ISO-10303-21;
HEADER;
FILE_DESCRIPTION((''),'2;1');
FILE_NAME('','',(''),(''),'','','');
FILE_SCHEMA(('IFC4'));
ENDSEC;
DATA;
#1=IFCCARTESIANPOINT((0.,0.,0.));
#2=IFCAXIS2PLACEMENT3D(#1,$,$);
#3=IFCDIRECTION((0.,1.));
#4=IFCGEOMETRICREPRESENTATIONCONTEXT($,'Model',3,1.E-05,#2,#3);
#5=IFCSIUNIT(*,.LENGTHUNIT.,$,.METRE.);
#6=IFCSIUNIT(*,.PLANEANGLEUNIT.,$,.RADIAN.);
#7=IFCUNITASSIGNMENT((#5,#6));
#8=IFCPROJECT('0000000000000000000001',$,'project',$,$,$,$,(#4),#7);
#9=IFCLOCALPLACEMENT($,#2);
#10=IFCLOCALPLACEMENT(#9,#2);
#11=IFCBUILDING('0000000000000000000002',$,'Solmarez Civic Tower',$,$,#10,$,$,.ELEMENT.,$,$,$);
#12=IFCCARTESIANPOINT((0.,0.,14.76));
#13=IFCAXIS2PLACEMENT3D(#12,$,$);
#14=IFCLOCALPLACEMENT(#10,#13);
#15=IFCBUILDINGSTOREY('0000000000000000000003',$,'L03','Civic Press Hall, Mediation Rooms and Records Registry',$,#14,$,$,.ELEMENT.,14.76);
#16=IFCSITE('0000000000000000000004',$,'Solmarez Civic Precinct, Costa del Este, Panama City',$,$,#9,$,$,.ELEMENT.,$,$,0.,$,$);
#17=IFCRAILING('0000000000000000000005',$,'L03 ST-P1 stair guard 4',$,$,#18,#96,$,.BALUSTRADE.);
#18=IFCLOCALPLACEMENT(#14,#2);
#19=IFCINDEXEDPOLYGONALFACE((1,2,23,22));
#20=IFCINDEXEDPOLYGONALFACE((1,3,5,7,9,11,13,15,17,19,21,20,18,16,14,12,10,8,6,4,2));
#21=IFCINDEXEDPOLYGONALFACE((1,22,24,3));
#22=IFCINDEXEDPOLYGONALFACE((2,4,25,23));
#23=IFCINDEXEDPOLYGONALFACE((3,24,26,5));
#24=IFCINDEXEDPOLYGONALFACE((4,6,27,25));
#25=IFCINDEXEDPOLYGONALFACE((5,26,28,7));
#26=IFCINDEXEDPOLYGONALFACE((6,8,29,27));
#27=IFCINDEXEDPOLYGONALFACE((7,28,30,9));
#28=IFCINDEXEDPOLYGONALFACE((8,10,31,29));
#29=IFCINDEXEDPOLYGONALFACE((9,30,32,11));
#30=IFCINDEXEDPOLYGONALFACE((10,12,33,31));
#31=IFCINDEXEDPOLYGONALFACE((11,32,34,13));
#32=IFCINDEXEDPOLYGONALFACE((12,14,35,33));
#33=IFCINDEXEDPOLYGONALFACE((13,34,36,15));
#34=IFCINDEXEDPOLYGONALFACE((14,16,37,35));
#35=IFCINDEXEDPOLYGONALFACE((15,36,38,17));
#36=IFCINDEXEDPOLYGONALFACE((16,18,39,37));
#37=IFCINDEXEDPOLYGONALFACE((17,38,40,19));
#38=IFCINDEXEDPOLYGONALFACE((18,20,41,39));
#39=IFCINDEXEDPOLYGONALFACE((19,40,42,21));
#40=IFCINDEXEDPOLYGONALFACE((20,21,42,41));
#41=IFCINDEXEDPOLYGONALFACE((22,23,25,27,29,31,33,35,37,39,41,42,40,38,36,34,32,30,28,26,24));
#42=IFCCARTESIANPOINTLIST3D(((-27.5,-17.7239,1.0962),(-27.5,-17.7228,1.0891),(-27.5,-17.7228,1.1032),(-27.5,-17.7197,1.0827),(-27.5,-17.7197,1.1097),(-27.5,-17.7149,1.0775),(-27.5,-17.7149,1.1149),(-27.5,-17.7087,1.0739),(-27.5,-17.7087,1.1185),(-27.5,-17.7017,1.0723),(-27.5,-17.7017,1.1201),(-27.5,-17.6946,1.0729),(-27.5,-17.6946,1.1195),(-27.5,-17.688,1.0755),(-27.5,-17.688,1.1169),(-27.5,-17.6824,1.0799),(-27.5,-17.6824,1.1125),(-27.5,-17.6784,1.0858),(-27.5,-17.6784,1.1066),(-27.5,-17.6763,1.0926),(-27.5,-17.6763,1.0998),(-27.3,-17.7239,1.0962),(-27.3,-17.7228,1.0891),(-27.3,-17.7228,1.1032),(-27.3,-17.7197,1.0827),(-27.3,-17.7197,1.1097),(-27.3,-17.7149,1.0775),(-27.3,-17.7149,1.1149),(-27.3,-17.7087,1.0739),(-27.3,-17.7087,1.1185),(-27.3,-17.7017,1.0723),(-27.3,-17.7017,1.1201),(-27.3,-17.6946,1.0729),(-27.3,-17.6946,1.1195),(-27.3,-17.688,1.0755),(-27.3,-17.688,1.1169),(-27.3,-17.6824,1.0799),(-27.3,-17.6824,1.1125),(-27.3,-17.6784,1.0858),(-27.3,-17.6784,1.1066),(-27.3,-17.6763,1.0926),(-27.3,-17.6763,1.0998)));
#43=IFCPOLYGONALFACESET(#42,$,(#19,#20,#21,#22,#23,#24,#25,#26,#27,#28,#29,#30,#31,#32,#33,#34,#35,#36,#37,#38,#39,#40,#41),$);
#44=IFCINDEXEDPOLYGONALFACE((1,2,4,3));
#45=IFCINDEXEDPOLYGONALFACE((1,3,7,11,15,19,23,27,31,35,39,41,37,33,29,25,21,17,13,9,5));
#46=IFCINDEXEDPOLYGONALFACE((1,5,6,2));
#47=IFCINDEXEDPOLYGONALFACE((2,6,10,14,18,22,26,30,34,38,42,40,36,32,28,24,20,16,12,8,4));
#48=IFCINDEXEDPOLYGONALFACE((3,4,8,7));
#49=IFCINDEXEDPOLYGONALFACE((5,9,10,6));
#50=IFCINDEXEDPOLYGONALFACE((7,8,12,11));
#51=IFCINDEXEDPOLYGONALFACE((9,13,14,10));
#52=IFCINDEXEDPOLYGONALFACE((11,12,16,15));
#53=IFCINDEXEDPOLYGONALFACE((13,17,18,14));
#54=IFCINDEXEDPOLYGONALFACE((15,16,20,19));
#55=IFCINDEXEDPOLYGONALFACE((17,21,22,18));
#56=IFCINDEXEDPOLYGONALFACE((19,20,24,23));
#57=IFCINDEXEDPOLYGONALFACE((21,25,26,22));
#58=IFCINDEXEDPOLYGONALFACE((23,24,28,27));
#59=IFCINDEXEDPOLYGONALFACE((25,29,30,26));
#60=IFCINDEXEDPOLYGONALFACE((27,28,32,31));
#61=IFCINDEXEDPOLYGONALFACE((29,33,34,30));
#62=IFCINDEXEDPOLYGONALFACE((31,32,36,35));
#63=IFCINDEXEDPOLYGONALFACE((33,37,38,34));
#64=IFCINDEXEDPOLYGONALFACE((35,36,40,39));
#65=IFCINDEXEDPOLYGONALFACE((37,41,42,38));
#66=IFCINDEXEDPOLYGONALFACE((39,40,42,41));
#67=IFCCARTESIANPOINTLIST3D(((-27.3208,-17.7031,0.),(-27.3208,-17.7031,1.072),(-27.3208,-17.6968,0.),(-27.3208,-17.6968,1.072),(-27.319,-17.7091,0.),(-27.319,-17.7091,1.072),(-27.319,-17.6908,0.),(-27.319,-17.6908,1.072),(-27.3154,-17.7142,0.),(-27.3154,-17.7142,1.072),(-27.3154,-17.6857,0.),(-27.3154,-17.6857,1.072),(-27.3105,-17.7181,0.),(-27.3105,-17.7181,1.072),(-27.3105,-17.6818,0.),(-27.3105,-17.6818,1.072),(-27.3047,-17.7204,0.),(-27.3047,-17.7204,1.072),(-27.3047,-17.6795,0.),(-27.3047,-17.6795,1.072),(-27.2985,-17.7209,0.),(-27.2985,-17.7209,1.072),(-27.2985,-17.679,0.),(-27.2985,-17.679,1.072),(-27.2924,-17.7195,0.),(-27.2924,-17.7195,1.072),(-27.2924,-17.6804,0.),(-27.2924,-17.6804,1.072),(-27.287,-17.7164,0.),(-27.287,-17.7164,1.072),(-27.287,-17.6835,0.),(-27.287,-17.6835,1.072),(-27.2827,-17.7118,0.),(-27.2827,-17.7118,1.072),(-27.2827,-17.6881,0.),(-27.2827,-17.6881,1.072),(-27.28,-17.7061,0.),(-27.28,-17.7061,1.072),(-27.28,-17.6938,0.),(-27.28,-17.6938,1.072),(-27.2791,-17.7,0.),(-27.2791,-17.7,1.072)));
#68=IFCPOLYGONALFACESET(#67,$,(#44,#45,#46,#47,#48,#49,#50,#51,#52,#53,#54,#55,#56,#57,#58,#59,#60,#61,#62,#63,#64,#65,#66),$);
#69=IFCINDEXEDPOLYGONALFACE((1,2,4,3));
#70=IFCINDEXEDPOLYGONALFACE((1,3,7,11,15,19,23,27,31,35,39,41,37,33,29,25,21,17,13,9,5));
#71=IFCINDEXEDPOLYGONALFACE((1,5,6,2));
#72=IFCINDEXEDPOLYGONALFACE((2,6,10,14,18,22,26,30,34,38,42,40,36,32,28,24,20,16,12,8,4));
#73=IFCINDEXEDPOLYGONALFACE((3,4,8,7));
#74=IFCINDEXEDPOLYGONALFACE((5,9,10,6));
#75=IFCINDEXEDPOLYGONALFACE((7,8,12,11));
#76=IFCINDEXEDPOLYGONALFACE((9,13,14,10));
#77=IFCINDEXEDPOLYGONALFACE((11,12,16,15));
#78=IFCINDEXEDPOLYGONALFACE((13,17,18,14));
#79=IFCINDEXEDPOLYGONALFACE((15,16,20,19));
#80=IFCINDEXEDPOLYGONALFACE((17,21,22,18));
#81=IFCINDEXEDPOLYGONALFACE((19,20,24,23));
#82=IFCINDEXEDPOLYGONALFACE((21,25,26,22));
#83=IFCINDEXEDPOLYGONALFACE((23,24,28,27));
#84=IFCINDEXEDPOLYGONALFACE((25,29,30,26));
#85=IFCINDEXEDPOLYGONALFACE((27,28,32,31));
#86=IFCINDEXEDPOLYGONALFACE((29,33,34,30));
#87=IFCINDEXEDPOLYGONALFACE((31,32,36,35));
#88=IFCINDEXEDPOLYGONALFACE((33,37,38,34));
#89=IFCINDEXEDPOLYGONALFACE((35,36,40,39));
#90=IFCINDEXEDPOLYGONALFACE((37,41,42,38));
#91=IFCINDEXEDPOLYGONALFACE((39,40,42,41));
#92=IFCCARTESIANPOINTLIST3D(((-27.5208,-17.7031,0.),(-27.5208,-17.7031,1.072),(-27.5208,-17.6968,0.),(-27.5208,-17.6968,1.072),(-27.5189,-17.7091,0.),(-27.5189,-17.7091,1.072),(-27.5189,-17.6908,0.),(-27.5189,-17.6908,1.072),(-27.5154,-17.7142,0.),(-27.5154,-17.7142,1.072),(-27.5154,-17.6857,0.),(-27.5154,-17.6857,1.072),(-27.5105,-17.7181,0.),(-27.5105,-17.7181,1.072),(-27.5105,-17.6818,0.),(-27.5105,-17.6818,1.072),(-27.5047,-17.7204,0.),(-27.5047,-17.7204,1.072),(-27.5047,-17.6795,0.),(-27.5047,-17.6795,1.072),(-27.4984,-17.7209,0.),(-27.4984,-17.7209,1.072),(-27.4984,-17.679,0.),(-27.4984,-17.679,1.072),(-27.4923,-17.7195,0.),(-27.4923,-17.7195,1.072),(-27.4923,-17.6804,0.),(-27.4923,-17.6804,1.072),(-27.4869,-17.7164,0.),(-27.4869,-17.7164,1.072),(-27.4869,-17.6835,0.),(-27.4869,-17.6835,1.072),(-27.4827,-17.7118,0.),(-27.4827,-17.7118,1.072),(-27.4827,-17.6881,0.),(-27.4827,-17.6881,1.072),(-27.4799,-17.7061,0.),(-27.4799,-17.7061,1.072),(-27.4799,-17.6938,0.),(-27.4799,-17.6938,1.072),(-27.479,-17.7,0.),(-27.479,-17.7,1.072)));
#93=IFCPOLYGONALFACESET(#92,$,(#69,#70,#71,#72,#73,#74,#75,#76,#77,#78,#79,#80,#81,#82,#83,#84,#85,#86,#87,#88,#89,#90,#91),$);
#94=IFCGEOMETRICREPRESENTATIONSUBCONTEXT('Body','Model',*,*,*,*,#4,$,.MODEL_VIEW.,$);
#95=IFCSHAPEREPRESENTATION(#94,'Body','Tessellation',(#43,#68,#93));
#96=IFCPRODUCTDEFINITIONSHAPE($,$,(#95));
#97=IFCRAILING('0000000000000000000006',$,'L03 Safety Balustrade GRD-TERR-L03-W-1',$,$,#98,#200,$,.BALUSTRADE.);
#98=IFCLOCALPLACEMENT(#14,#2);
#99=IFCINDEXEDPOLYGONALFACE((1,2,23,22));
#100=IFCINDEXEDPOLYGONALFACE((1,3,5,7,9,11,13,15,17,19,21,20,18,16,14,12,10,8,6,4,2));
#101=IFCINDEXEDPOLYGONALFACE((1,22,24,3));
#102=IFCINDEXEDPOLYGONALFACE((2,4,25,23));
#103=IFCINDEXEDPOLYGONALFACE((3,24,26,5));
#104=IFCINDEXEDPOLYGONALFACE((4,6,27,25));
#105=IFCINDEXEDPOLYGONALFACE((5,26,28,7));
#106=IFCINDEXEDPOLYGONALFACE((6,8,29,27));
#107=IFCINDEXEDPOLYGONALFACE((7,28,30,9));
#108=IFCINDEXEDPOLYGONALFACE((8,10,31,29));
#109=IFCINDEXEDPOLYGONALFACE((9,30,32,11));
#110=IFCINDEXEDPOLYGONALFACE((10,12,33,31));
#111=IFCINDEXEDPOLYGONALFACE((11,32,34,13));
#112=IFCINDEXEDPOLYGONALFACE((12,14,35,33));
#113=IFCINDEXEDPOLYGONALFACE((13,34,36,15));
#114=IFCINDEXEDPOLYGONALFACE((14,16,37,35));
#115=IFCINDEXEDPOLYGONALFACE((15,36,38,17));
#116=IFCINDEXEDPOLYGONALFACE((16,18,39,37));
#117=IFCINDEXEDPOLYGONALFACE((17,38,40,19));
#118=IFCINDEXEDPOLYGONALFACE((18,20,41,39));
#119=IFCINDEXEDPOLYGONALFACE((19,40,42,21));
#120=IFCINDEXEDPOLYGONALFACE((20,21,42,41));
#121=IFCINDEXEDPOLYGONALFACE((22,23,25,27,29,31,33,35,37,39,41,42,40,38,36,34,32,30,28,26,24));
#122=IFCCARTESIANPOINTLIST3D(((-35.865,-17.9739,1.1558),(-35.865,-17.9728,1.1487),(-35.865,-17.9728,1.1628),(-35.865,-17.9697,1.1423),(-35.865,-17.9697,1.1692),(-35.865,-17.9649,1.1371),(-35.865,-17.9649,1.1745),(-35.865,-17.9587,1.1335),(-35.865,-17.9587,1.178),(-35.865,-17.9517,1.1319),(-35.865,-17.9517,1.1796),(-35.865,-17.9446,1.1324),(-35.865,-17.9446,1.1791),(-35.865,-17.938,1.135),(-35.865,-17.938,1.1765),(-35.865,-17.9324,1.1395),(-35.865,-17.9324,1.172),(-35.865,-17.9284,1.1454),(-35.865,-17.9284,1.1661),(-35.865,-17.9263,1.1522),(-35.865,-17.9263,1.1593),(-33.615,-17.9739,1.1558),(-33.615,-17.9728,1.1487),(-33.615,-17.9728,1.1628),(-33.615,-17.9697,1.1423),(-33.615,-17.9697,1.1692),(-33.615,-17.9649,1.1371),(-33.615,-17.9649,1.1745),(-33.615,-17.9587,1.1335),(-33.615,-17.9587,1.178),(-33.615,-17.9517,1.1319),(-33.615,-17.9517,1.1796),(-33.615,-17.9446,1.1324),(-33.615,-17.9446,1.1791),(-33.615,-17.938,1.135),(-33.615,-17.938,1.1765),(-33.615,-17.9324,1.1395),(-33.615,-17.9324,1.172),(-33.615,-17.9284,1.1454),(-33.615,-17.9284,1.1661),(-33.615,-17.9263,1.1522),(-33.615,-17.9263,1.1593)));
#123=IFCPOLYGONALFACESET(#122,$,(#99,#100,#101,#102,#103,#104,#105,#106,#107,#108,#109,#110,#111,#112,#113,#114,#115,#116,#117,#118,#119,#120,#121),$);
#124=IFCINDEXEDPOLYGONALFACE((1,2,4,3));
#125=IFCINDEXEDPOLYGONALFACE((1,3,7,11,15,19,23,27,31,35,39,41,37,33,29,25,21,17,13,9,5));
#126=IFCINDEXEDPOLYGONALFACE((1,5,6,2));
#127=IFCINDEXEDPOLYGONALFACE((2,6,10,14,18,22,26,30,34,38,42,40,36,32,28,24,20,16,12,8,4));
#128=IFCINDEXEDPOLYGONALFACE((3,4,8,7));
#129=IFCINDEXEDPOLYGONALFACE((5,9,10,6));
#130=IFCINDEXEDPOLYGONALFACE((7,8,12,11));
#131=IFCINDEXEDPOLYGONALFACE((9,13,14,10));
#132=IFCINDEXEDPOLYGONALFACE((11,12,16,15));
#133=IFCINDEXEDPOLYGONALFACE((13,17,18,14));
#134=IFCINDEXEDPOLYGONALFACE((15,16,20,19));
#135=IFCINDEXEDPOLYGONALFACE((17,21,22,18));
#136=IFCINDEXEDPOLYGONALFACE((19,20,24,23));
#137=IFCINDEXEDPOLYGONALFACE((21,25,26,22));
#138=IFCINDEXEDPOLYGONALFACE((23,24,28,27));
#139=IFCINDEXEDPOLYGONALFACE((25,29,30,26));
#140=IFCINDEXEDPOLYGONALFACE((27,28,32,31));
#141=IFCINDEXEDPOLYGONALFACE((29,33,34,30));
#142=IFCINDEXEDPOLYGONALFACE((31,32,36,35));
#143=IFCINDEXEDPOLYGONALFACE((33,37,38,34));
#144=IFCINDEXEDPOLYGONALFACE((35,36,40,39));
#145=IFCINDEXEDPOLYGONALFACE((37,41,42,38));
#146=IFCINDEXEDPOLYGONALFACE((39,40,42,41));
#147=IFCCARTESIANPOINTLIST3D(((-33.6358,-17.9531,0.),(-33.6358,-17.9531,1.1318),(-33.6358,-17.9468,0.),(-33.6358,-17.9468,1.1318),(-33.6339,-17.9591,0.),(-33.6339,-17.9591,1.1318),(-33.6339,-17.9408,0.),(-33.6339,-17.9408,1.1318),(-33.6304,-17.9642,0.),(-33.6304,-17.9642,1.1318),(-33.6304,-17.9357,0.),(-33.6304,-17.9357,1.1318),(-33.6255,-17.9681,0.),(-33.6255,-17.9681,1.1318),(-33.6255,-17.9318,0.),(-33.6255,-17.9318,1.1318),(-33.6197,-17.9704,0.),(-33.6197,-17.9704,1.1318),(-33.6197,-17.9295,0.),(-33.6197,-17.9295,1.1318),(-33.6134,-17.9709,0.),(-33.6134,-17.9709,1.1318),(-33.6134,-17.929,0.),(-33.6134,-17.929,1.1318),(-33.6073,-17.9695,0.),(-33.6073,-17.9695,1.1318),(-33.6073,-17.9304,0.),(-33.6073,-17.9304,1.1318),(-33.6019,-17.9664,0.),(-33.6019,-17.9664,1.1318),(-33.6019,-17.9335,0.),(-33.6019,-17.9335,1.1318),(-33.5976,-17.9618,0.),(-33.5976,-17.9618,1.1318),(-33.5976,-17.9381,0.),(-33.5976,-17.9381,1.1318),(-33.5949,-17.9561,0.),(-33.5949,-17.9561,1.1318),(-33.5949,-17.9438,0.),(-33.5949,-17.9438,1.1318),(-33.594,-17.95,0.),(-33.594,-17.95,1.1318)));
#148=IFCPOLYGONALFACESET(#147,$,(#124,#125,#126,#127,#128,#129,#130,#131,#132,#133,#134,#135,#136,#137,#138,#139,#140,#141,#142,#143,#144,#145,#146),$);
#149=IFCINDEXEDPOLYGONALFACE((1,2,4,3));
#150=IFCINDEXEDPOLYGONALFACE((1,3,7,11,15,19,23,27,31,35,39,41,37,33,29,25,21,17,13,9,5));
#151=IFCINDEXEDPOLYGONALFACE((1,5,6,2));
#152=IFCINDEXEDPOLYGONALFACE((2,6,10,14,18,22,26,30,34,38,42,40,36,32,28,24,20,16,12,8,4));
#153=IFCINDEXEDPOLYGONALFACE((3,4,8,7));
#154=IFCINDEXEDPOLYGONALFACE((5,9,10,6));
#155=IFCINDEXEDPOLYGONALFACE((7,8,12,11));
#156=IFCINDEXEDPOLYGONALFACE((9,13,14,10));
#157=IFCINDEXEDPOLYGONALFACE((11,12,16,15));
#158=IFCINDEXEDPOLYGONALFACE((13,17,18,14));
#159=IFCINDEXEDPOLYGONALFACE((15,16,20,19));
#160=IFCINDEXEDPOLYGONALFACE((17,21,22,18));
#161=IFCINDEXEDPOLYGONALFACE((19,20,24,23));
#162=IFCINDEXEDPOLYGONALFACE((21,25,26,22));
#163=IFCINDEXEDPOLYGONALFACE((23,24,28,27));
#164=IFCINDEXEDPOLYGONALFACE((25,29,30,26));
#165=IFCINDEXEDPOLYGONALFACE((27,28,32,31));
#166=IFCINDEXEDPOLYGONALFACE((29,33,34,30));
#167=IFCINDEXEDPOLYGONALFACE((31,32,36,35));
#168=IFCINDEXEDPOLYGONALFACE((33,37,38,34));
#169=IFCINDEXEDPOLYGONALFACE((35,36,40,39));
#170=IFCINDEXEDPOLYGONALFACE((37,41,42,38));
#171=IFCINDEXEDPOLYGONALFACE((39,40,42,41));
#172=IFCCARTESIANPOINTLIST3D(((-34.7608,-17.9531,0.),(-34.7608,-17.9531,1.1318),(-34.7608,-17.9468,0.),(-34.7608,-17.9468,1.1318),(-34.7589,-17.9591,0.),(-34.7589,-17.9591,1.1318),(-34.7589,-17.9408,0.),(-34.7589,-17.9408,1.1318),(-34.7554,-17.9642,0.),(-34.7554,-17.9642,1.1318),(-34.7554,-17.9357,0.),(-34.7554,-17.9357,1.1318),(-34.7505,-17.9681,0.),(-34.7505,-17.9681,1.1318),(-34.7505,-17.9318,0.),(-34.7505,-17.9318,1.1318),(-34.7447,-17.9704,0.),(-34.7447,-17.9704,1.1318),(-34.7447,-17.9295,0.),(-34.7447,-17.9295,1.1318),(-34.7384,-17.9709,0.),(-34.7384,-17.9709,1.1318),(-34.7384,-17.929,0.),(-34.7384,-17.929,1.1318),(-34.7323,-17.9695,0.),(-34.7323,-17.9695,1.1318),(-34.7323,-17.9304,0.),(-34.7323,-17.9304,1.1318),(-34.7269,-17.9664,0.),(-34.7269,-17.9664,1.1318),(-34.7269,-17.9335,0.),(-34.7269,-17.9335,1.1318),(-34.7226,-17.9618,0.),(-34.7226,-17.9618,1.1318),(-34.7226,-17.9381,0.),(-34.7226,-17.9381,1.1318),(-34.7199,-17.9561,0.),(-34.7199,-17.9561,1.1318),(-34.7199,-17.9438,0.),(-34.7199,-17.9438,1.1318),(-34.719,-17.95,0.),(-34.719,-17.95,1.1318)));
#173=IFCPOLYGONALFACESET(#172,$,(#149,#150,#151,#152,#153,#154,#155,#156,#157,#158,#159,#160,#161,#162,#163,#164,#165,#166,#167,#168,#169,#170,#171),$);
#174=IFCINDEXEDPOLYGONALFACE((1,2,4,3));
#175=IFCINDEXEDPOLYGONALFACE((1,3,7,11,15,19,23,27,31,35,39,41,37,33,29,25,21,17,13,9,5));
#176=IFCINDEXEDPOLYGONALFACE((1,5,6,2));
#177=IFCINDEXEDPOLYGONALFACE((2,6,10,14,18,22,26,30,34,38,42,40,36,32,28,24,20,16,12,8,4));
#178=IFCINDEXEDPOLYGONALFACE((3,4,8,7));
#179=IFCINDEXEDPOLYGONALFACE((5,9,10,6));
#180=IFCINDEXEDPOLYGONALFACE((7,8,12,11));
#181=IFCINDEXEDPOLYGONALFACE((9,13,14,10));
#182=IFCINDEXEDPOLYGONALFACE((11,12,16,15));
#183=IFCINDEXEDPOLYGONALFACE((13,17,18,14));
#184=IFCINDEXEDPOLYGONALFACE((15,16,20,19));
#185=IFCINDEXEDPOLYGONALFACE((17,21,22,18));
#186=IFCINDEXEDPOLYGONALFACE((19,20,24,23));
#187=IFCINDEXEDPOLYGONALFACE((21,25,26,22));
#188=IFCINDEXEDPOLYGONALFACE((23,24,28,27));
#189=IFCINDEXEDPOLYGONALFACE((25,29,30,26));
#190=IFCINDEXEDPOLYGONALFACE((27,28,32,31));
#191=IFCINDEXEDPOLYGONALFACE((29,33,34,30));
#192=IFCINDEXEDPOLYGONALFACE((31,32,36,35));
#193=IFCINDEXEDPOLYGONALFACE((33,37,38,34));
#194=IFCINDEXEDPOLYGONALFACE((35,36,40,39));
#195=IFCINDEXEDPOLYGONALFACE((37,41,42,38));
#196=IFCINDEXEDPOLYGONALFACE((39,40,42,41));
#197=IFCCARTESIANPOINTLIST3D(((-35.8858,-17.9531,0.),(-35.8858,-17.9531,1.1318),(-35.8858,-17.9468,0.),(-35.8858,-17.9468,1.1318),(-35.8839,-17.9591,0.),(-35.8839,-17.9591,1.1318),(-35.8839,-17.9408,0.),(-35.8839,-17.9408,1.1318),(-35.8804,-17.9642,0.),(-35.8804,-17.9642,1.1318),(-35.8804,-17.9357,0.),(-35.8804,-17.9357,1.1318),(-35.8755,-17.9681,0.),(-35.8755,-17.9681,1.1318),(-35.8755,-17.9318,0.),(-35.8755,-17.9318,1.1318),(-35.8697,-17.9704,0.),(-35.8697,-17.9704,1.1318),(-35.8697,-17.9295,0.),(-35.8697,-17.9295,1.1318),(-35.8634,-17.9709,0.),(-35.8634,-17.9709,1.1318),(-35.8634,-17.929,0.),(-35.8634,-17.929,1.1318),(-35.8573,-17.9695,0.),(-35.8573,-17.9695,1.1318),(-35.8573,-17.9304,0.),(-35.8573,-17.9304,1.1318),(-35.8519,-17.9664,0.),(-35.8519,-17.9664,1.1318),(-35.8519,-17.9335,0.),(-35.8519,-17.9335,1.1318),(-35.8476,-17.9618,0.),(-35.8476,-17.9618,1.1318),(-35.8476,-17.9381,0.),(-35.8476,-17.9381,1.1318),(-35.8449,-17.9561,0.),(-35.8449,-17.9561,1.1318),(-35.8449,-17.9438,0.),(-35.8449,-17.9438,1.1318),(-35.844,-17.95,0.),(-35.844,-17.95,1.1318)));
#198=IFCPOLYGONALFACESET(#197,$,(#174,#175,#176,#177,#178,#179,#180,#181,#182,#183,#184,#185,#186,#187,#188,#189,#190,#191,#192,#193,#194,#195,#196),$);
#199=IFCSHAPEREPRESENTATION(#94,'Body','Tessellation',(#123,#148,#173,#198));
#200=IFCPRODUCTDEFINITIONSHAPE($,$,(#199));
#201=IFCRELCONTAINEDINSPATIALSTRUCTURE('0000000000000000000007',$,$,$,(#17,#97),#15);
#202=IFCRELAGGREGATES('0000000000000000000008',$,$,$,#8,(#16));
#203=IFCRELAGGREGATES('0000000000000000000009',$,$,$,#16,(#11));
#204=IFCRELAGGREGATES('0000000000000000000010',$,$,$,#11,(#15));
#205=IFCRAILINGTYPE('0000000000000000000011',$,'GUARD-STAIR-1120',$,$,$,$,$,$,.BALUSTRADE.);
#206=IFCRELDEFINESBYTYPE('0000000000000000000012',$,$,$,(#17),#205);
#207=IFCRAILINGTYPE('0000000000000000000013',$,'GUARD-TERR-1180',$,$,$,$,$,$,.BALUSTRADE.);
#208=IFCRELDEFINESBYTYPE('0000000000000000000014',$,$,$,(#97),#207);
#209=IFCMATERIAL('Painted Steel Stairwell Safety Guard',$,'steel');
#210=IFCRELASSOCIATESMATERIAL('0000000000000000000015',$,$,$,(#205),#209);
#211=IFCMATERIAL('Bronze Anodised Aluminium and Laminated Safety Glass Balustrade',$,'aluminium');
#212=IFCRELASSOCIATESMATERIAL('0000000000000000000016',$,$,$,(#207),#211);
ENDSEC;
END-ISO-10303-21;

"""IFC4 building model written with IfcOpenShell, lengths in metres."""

from ifc_helpers import new_model, si_unit, direction, frame, origin, origin_2d, place, context, subcontext, project, spatial, circle, extrude, material, type_object, element, save


model = new_model("IFC4")

# Units and contexts
model_context = context("Model", 3, precision=1e-05, world=origin(), true_north=direction((0.0, 1.0)))
body_context = subcontext(model_context, "Body", "Model", "MODEL_VIEW")
ifc_project = project(units=[si_unit("LENGTHUNIT", "METRE"), si_unit("PLANEANGLEUNIT", "RADIAN")], contexts=[model_context])

# Site, building, storey
site_placement = place(None, origin())
site = spatial("IfcSite", under=ifc_project, at=site_placement, Name="Solmarez Civic Precinct, Costa del Este, Panama City", CompositionType="ELEMENT", RefElevation=0.0)
building_placement = place(site_placement, origin())
building = spatial("IfcBuilding", under=site, at=building_placement, Name="Solmarez Civic Tower", CompositionType="ELEMENT")
storey_placement = place(building_placement, frame((0.0, 0.0, 14.76)))
storey = spatial("IfcBuildingStorey", under=building, at=storey_placement, Name="L03", Description="Civic Press Hall, Mediation Rooms and Records Registry", CompositionType="ELEMENT", Elevation=14.76)

# Railings
ifc_material_1 = material(Name="Painted Steel Stairwell Safety Guard", Category="steel")
railing_type_1 = type_object("IfcRailingType", Name="GUARD-STAIR-1120", PredefinedType="BALUSTRADE", material=ifc_material_1)
railing_1_placement = place(storey_placement, frame((-27.3, -17.7, 0.0)))
element("IfcRailing", 1, at=railing_1_placement, inside=storey, type_object=railing_type_1, Name="L03 ST-P1 stair guard 4", PredefinedType="BALUSTRADE", context=body_context, shape_type="SweptSolid", body=[
    extrude(circle(Radius=0.0239, at=origin_2d()), frame((0.0, 0.0, 1.0962), z_axis=(-1.0, 0.0, 0.0), x_axis=(0.0, -1.0, 0.0)), (0.0, 0.0, 1.0), 0.2),
    extrude(circle(Radius=0.021, at=origin_2d()), origin(), (0.0, 0.0, 1.0), 1.072),
    extrude(circle(Radius=0.021, at=origin_2d()), frame((-0.2, 0.0, 0.0)), (0.0, 0.0, 1.0), 1.072),
])
ifc_material_2 = material(Name="Bronze Anodised Aluminium and Laminated Safety Glass Balustrade", Category="aluminium")
railing_type_2 = type_object("IfcRailingType", Name="GUARD-TERR-1180", PredefinedType="BALUSTRADE", material=ifc_material_2)
railing_2_placement = place(storey_placement, frame((-33.615, -17.95, 0.0)))
element("IfcRailing", 2, at=railing_2_placement, inside=storey, type_object=railing_type_2, Name="L03 Safety Balustrade GRD-TERR-L03-W-1", PredefinedType="BALUSTRADE", context=body_context, shape_type="SweptSolid", body=[
    extrude(circle(Radius=0.0239, at=origin_2d()), frame((0.0, 0.0, 1.1558), z_axis=(-1.0, 0.0, 0.0), x_axis=(0.0, -1.0, 0.0)), (0.0, 0.0, 1.0), 2.25),
    extrude(circle(Radius=0.021, at=origin_2d()), origin(), (0.0, 0.0, 1.0), 1.1318),
    extrude(circle(Radius=0.021, at=origin_2d()), frame((-1.125, 0.0, 0.0)), (0.0, 0.0, 1.0), 1.1318),
    extrude(circle(Radius=0.021, at=origin_2d()), frame((-2.25, 0.0, 0.0)), (0.0, 0.0, 1.0), 1.1318),
])

save(model, "model.ifc")
